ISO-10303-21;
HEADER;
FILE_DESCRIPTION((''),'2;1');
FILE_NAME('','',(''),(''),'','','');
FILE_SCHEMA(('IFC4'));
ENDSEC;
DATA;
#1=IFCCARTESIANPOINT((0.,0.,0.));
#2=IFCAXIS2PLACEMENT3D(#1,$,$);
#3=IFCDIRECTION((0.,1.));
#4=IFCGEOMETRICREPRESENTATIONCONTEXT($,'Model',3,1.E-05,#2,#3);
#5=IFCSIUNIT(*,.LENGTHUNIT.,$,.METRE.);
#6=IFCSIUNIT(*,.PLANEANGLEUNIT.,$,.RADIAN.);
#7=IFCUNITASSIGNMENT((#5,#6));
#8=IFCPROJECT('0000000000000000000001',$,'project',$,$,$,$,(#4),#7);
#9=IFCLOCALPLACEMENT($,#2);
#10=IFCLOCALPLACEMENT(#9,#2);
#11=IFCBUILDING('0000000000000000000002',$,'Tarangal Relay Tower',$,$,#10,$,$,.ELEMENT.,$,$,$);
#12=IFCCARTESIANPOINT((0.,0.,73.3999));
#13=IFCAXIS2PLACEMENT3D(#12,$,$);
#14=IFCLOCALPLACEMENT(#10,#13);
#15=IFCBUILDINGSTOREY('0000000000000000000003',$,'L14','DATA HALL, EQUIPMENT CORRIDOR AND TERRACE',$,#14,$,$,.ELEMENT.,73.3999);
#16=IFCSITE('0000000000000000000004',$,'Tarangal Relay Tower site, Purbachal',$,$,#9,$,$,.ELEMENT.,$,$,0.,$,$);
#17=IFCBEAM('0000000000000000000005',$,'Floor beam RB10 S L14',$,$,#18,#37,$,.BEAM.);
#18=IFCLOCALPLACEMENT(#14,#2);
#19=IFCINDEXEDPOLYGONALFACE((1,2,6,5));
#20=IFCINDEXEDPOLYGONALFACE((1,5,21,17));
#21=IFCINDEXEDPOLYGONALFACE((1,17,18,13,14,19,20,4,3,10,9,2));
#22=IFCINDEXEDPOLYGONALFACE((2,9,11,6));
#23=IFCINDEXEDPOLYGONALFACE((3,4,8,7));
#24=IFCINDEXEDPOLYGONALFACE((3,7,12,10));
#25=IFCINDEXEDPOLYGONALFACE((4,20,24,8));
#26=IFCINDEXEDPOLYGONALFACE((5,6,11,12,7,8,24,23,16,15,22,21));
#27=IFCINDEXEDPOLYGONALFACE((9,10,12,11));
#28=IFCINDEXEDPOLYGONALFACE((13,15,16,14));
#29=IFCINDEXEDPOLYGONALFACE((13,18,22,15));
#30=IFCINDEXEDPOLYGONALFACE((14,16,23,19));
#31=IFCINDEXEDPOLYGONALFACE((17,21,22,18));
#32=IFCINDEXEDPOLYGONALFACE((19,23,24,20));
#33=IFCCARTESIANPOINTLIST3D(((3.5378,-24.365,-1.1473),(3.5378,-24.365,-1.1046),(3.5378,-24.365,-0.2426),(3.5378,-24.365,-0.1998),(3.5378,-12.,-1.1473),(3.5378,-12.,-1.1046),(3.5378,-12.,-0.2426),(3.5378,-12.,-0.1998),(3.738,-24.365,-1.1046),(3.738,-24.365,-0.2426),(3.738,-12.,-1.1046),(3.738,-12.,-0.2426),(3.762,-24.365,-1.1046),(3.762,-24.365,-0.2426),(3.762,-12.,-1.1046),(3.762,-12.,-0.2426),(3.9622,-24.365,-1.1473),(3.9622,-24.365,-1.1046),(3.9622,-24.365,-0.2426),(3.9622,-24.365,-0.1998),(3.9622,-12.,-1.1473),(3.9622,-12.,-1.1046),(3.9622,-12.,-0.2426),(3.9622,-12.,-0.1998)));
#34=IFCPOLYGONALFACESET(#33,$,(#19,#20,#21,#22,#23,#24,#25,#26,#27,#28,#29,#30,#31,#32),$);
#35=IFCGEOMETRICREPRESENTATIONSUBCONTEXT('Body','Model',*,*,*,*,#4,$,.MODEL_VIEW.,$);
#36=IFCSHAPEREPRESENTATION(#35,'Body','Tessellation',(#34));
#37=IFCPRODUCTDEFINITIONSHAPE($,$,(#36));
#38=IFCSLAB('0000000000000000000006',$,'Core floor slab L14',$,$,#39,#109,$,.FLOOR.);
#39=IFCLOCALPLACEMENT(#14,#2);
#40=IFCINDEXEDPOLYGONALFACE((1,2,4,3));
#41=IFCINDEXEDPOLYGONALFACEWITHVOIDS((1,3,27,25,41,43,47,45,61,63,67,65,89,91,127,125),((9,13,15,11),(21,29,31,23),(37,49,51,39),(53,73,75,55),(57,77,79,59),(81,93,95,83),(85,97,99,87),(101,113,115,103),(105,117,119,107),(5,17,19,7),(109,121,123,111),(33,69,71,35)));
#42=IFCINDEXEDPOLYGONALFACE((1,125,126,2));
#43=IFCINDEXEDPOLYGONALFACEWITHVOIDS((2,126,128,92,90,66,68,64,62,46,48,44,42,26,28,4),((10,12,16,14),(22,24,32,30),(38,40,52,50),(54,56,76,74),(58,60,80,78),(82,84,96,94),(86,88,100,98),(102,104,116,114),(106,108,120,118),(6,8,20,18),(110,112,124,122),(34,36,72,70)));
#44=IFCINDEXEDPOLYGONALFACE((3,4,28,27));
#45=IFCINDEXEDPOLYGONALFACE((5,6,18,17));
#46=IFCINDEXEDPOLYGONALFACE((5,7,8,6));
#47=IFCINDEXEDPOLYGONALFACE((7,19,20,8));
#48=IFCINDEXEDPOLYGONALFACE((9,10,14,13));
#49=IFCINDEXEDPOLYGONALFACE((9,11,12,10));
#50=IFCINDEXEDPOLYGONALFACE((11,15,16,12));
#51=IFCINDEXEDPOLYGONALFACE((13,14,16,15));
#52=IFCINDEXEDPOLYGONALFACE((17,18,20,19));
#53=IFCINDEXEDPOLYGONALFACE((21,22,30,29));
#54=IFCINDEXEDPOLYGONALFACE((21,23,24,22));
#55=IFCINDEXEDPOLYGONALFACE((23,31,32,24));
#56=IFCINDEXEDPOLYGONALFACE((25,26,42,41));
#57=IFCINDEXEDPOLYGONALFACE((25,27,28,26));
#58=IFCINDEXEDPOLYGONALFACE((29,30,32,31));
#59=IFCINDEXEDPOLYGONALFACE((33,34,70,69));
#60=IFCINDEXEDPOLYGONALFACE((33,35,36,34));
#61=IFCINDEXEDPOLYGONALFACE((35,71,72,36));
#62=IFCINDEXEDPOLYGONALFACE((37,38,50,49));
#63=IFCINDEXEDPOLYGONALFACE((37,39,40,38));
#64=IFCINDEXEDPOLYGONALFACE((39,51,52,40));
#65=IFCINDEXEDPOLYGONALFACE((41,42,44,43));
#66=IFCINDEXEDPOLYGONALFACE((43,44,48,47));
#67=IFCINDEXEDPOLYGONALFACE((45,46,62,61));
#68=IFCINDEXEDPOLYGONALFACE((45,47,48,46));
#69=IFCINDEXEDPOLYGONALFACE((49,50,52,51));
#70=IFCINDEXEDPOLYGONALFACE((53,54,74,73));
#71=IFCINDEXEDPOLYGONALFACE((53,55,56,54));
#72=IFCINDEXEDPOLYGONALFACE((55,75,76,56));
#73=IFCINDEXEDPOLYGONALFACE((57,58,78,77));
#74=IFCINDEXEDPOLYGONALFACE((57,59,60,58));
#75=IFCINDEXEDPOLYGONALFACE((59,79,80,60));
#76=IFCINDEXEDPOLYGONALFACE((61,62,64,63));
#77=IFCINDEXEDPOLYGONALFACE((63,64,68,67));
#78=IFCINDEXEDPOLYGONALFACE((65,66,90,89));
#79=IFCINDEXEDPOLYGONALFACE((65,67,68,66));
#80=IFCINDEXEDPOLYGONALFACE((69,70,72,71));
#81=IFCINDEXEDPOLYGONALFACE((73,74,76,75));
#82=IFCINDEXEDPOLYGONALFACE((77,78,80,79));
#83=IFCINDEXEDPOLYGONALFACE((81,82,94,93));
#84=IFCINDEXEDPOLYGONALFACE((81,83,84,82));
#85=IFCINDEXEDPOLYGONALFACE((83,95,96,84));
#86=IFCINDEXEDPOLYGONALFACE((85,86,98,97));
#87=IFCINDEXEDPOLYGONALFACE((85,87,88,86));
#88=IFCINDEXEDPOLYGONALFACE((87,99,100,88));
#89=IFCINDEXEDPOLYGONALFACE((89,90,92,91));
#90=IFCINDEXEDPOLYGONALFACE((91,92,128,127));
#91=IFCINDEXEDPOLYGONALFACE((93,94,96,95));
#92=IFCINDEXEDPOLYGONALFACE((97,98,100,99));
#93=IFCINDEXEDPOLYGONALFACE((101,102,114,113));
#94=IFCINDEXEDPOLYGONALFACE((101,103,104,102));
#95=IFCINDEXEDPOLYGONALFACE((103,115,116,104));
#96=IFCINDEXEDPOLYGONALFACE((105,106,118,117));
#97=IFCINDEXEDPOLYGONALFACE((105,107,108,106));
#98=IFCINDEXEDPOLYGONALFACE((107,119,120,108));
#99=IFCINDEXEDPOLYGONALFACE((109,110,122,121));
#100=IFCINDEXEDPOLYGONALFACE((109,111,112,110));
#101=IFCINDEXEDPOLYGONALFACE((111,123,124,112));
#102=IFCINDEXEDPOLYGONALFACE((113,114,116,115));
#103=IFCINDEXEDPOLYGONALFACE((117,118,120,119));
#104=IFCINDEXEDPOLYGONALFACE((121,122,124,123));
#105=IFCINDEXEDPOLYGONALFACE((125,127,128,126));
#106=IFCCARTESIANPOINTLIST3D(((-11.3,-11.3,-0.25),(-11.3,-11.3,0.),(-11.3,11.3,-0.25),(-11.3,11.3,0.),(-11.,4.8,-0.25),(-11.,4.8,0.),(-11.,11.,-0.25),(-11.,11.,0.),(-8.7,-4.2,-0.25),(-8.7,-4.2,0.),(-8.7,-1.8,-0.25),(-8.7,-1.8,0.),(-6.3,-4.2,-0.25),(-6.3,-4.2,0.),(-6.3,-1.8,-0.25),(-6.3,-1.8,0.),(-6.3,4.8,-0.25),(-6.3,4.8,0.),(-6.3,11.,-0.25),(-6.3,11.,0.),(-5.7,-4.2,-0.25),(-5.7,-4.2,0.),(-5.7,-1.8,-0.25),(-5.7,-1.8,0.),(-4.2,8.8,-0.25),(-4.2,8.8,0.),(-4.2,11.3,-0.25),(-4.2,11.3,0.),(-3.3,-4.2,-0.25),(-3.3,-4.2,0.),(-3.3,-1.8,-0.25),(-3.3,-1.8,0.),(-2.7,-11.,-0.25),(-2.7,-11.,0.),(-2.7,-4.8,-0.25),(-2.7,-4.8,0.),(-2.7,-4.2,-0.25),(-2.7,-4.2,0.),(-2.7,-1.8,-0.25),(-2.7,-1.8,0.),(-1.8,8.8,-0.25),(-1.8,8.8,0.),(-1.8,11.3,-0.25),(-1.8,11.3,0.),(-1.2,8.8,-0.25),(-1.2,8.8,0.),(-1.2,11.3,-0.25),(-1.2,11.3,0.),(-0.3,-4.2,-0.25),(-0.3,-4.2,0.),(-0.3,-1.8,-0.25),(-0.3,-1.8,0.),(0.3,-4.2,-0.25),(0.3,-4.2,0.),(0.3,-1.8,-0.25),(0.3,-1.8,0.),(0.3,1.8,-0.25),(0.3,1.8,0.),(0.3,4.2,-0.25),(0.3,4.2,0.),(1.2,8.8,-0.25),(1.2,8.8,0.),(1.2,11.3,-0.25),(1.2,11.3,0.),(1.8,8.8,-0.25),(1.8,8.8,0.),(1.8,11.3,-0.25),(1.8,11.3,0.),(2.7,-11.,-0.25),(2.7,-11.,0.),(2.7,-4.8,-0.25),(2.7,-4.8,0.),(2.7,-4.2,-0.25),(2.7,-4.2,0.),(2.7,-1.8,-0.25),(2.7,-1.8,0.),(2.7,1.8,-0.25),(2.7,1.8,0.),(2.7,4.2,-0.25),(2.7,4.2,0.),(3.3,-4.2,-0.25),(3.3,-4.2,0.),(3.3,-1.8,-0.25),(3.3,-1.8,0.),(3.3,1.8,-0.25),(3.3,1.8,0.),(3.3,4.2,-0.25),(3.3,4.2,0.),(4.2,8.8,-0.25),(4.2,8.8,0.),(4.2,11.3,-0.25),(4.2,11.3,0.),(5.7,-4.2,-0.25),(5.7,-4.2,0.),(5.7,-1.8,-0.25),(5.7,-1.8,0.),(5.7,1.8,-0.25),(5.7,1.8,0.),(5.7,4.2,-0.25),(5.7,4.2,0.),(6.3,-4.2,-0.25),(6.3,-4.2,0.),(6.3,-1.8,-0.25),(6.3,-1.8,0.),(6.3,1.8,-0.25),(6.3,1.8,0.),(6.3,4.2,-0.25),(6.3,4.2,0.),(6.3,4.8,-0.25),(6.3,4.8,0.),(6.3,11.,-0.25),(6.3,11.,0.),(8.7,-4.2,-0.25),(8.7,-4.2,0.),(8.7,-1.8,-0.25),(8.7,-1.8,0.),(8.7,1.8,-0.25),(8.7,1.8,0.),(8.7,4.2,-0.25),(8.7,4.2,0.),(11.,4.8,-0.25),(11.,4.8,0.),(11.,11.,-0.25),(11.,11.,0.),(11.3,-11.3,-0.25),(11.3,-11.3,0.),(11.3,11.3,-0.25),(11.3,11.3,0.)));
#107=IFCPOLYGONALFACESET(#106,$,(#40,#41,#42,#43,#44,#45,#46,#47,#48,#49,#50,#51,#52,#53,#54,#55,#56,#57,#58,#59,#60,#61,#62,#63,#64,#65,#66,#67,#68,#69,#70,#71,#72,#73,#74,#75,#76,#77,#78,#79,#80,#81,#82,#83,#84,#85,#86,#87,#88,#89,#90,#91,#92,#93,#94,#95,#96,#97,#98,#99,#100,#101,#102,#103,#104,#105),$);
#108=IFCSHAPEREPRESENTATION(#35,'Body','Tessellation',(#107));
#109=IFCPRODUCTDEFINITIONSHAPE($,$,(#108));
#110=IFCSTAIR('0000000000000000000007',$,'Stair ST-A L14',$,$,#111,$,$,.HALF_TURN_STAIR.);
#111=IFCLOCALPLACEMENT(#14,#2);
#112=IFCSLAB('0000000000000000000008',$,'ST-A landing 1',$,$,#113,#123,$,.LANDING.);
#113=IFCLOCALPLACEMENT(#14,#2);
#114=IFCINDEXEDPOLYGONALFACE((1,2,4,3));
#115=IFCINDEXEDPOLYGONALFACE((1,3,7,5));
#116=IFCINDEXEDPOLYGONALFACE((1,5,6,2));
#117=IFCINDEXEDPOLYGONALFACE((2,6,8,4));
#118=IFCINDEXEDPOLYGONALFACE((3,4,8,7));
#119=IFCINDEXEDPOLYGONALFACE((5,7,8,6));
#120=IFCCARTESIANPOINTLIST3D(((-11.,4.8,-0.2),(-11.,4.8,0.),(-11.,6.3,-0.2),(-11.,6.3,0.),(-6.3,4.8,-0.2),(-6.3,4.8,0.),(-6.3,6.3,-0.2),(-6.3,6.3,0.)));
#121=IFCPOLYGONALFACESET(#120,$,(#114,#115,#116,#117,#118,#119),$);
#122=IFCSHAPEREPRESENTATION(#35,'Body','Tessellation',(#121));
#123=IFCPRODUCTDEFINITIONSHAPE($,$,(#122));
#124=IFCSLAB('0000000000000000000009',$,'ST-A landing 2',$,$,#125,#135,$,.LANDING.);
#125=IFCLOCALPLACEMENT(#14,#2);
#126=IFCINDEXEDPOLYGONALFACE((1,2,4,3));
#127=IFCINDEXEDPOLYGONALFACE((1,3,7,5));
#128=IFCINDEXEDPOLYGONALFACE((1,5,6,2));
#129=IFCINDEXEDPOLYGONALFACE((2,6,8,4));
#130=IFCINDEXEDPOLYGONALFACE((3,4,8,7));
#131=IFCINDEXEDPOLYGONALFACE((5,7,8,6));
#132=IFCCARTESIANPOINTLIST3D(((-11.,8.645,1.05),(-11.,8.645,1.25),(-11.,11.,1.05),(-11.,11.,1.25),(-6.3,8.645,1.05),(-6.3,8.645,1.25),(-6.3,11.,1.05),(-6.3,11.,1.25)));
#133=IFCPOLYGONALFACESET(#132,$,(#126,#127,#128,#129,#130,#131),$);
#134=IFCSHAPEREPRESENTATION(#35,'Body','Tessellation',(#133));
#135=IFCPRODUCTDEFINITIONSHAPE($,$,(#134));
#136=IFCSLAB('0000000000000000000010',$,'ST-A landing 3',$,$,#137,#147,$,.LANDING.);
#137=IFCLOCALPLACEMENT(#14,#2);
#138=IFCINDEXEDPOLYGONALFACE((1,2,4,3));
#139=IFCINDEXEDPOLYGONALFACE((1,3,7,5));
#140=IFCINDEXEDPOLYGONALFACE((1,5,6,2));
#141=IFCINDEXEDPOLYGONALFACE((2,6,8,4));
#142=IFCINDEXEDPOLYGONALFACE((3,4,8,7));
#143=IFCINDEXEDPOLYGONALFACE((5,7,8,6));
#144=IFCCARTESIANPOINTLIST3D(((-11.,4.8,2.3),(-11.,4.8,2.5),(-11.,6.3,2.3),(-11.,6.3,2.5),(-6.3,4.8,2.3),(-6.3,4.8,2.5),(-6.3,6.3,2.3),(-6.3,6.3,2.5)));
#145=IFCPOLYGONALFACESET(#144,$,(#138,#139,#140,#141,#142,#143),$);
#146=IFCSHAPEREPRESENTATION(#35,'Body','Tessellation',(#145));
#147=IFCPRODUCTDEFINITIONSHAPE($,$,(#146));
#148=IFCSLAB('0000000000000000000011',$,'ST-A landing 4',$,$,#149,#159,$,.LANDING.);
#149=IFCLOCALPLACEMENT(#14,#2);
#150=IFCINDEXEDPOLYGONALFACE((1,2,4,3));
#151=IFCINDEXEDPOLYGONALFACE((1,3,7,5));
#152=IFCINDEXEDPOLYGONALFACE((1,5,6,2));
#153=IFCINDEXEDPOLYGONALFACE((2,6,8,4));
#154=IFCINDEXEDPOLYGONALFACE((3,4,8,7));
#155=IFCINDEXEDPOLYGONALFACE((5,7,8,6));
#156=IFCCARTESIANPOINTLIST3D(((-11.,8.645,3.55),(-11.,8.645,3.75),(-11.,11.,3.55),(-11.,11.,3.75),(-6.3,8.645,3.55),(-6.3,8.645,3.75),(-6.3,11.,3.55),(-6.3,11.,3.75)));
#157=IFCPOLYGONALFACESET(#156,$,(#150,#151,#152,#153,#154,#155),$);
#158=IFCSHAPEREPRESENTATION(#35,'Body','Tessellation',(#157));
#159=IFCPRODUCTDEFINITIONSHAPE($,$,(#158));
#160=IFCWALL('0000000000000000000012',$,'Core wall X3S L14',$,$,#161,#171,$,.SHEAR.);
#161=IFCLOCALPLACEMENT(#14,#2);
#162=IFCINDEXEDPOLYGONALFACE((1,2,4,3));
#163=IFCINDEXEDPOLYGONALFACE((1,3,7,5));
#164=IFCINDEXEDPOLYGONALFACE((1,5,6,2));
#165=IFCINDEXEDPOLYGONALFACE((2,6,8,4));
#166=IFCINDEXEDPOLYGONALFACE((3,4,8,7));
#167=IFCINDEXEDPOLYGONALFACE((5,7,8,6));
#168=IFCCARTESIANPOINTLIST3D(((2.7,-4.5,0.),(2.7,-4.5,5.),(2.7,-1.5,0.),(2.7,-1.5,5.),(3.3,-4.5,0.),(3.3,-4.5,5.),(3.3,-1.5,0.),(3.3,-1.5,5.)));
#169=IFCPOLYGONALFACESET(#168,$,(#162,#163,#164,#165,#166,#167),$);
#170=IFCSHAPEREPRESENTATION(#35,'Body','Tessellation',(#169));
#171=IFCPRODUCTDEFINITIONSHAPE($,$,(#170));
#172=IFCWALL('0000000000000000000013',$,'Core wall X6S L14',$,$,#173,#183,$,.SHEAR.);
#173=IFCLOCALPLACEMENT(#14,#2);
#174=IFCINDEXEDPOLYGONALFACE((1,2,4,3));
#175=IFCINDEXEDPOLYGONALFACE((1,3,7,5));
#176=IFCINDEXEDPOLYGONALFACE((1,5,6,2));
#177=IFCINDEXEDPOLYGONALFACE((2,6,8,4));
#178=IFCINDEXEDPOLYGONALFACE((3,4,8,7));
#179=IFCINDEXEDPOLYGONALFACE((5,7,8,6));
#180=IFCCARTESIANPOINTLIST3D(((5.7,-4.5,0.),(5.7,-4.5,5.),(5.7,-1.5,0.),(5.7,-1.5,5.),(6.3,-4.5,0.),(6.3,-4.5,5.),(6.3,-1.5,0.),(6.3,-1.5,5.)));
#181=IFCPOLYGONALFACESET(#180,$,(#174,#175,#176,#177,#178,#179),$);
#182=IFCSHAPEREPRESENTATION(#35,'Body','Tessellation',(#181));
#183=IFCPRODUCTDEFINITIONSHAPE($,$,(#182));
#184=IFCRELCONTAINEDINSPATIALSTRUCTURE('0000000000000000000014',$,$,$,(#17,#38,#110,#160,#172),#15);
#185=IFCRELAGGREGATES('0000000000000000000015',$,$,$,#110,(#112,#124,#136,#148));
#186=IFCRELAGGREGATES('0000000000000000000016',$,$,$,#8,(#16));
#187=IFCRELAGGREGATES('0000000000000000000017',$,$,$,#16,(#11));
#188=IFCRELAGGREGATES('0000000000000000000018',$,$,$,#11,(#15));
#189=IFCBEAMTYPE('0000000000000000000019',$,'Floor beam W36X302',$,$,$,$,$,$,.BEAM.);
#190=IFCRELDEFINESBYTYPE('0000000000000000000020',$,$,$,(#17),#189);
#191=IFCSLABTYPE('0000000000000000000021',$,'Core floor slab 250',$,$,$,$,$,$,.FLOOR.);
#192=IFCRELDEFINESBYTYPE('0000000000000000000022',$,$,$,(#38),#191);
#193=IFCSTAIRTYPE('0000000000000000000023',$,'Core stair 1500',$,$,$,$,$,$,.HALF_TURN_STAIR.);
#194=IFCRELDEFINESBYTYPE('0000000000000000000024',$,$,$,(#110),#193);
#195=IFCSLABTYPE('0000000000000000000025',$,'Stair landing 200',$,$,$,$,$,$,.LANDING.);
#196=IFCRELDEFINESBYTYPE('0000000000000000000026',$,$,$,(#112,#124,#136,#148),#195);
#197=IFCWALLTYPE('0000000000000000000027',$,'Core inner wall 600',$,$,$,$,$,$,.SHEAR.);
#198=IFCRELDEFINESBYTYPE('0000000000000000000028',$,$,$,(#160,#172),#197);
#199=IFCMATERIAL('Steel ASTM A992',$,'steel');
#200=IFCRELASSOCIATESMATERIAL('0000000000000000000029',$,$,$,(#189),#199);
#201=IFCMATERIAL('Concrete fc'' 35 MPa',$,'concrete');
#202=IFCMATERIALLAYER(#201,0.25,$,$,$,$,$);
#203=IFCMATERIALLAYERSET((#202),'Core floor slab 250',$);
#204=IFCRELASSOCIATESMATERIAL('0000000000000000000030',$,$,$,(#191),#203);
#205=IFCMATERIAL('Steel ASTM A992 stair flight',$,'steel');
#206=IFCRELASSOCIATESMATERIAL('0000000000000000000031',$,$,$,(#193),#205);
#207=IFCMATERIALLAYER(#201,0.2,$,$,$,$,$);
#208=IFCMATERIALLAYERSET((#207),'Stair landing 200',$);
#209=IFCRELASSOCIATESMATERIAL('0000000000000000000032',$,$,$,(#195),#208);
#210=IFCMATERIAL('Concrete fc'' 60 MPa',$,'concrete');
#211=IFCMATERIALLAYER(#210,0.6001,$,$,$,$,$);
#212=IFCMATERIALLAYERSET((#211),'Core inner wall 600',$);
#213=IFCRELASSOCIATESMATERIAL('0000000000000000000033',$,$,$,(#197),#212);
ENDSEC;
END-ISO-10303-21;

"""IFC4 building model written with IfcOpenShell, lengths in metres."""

from ifc_helpers import new_model, si_unit, direction, frame, frame_2d, origin, origin_2d, place, context, subcontext, project, spatial, polyline, rectangle, i_section, outline, extrude, material, layer, layer_set, material_profile, profile_set, type_object, element, aggregate, save


model = new_model("IFC4")

# Units and contexts
model_context = context("Model", 3, precision=1e-05, world=origin(), true_north=direction((0.0, 1.0)))
body_context = subcontext(model_context, "Body", "Model", "MODEL_VIEW")
ifc_project = project(units=[si_unit("LENGTHUNIT", "METRE"), si_unit("PLANEANGLEUNIT", "RADIAN")], contexts=[model_context])

# Site, building, storey
site_placement = place(None, origin())
site = spatial("IfcSite", under=ifc_project, at=site_placement, Name="Tarangal Relay Tower site, Purbachal", CompositionType="ELEMENT", RefElevation=0.0)
building_placement = place(site_placement, origin())
building = spatial("IfcBuilding", under=site, at=building_placement, Name="Tarangal Relay Tower", CompositionType="ELEMENT")
storey_placement = place(building_placement, frame((0.0, 0.0, 73.3999)))
storey = spatial("IfcBuildingStorey", under=building, at=storey_placement, Name="L14", Description="DATA HALL, EQUIPMENT CORRIDOR AND TERRACE", CompositionType="ELEMENT", Elevation=73.3999)

# Beam
ifc_material_1 = material(Name="Steel ASTM A992", Category="steel")
ifc_material_profile = material_profile(ifc_material_1, i_section(OverallWidth=0.4243, OverallDepth=0.9475, WebThickness=0.0239, FlangeThickness=0.0427, at=origin_2d()), Name="W36X302")
ifc_profile_set = profile_set([ifc_material_profile], Name="Steel ASTM A992")
beam_type = type_object("IfcBeamType", Name="Floor beam W36X302", PredefinedType="BEAM", material=ifc_profile_set)
beam_placement = place(storey_placement, frame((3.75, -12.0, -0.6736), z_axis=(0.0, -1.0, 0.0), x_axis=(1.0, 0.0, 0.0)))
element("IfcBeam", 1, at=beam_placement, inside=storey, type_object=beam_type, Name="Floor beam RB10 S L14", PredefinedType="BEAM", context=body_context, shape_type="SweptSolid", body=[
    extrude(i_section(OverallWidth=0.4243, OverallDepth=0.9475, WebThickness=0.0239, FlangeThickness=0.0427, at=origin_2d()), origin(), (0.0, 0.0, 1.0), 12.365),
])

# Slab
ifc_material_2 = material(Name="Concrete fc' 35 MPa", Category="concrete")
ifc_layer_1 = layer(ifc_material_2, 0.25)
ifc_layer_set_1 = layer_set([ifc_layer_1], Name="Core floor slab 250")
slab_type_1 = type_object("IfcSlabType", Name="Core floor slab 250", PredefinedType="FLOOR", material=ifc_layer_set_1)
slab_1_placement = place(storey_placement, frame((0.0, 0.0, -0.25)))
element("IfcSlab", 2, at=slab_1_placement, inside=storey, type_object=slab_type_1, Name="Core floor slab L14", PredefinedType="FLOOR", context=body_context, shape_type="SweptSolid", body=[
    extrude(outline(polyline([(11.3, 11.3), (11.3, -11.3), (-11.3, -11.3), (-11.3, 11.3), (-4.2, 11.3), (-4.2, 8.8), (-1.8, 8.8), (-1.8, 11.3), (-1.2, 11.3), (-1.2, 8.8), (1.2, 8.8), (1.2, 11.3), (1.8, 11.3), (1.8, 8.8), (4.2, 8.8), (4.2, 11.3), (11.3, 11.3)]), holes=[polyline([(2.7, -4.8), (-2.7, -4.8), (-2.7, -11.0), (2.7, -11.0), (2.7, -4.8)]), polyline([(-6.3, -4.2), (-6.3, -1.8), (-8.7, -1.8), (-8.7, -4.2), (-6.3, -4.2)]), polyline([(-3.3, -4.2), (-3.3, -1.8), (-5.7, -1.8), (-5.7, -4.2), (-3.3, -4.2)]), polyline([(-0.3, -4.2), (-0.3, -1.8), (-2.7, -1.8), (-2.7, -4.2), (-0.3, -4.2)]), polyline([(2.7, 1.8), (2.7, 4.2), (0.3, 4.2), (0.3, 1.8), (2.7, 1.8)]), polyline([(-6.3, 4.8), (-6.3, 11.0), (-11.0, 11.0), (-11.0, 4.8), (-6.3, 4.8)]), polyline([(2.7, -4.2), (2.7, -1.8), (0.3, -1.8), (0.3, -4.2), (2.7, -4.2)]), polyline([(5.7, -4.2), (5.7, -1.8), (3.3, -1.8), (3.3, -4.2), (5.7, -4.2)]), polyline([(8.7, -4.2), (8.7, -1.8), (6.3, -1.8), (6.3, -4.2), (8.7, -4.2)]), polyline([(5.7, 1.8), (5.7, 4.2), (3.3, 4.2), (3.3, 1.8), (5.7, 1.8)]), polyline([(8.7, 1.8), (8.7, 4.2), (6.3, 4.2), (6.3, 1.8), (8.7, 1.8)]), polyline([(11.0, 4.8), (11.0, 11.0), (6.3, 11.0), (6.3, 4.8), (11.0, 4.8)])]), origin(), (0.0, 0.0, 1.0), 0.25),
])

# Stair, slabs
ifc_material_3 = material(Name="Steel ASTM A992 stair flight", Category="steel")
stair_type = type_object("IfcStairType", Name="Core stair 1500", PredefinedType="HALF_TURN_STAIR", material=ifc_material_3)
stair_1_placement = place(storey_placement, origin())
stair_1 = element("IfcStair", 3, at=stair_1_placement, inside=storey, type_object=stair_type, Name="Stair ST-A L14", PredefinedType="HALF_TURN_STAIR")
ifc_layer_2 = layer(ifc_material_2, 0.2)
ifc_layer_set_2 = layer_set([ifc_layer_2], Name="Stair landing 200")
slab_type_2 = type_object("IfcSlabType", Name="Stair landing 200", PredefinedType="LANDING", material=ifc_layer_set_2)
slab_2_placement = place(storey_placement, frame((0.0, 0.0, -0.2)))
slab_2 = element("IfcSlab", 4, at=slab_2_placement, type_object=slab_type_2, Name="ST-A landing 1", PredefinedType="LANDING", context=body_context, shape_type="SweptSolid", body=[
    extrude(outline(polyline([(-11.0, 4.8), (-6.3, 4.8), (-6.3, 6.3), (-11.0, 6.3), (-11.0, 4.8)])), origin(), (0.0, 0.0, 1.0), 0.2),
])
slab_3_placement = place(storey_placement, frame((0.0, 0.0, 1.05)))
slab_3 = element("IfcSlab", 5, at=slab_3_placement, type_object=slab_type_2, Name="ST-A landing 2", PredefinedType="LANDING", context=body_context, shape_type="SweptSolid", body=[
    extrude(outline(polyline([(-11.0, 8.645), (-6.3, 8.645), (-6.3, 11.0), (-11.0, 11.0), (-11.0, 8.645)])), origin(), (0.0, 0.0, 1.0), 0.2),
])
slab_4_placement = place(storey_placement, frame((0.0, 0.0, 2.3)))
slab_4 = element("IfcSlab", 6, at=slab_4_placement, type_object=slab_type_2, Name="ST-A landing 3", PredefinedType="LANDING", context=body_context, shape_type="SweptSolid", body=[
    extrude(outline(polyline([(-11.0, 4.8), (-6.3, 4.8), (-6.3, 6.3), (-11.0, 6.3), (-11.0, 4.8)])), origin(), (0.0, 0.0, 1.0), 0.2),
])
slab_5_placement = place(storey_placement, frame((0.0, 0.0, 3.55)))
slab_5 = element("IfcSlab", 7, at=slab_5_placement, type_object=slab_type_2, Name="ST-A landing 4", PredefinedType="LANDING", context=body_context, shape_type="SweptSolid", body=[
    extrude(outline(polyline([(-11.0, 8.645), (-6.3, 8.645), (-6.3, 11.0), (-11.0, 11.0), (-11.0, 8.645)])), origin(), (0.0, 0.0, 1.0), 0.2),
])
aggregate(stair_1, [slab_2, slab_3, slab_4, slab_5])

# Walls
ifc_material_4 = material(Name="Concrete fc' 60 MPa", Category="concrete")
ifc_layer_3 = layer(ifc_material_4, 0.6001)
ifc_layer_set_3 = layer_set([ifc_layer_3], Name="Core inner wall 600")
wall_type_1 = type_object("IfcWallType", Name="Core inner wall 600", PredefinedType="SHEAR", material=ifc_layer_set_3)
for number, where, z_axis, x_axis, name in (
    (8, (3.0, -4.5, 0.0), (0.0, 0.0, 1.0), (0.0, 1.0, 0.0), "Core wall X3S L14"),
    (9, (6.0, -4.5, 0.0), (0.0, 0.0, 1.0), (0.0, 1.0, 0.0), "Core wall X6S L14"),
):
    element("IfcWall", number, at=place(storey_placement, frame(where, z_axis=z_axis, x_axis=x_axis)), inside=storey, type_object=wall_type_1, Name=name, PredefinedType="SHEAR", context=body_context, shape_type="SweptSolid", body=[
        extrude(rectangle(XDim=3.0, YDim=0.6001, at=frame_2d((1.5, 0.0))), origin(), (0.0, 0.0, 1.0), 5.0),
    ])

save(model, "model.ifc")
